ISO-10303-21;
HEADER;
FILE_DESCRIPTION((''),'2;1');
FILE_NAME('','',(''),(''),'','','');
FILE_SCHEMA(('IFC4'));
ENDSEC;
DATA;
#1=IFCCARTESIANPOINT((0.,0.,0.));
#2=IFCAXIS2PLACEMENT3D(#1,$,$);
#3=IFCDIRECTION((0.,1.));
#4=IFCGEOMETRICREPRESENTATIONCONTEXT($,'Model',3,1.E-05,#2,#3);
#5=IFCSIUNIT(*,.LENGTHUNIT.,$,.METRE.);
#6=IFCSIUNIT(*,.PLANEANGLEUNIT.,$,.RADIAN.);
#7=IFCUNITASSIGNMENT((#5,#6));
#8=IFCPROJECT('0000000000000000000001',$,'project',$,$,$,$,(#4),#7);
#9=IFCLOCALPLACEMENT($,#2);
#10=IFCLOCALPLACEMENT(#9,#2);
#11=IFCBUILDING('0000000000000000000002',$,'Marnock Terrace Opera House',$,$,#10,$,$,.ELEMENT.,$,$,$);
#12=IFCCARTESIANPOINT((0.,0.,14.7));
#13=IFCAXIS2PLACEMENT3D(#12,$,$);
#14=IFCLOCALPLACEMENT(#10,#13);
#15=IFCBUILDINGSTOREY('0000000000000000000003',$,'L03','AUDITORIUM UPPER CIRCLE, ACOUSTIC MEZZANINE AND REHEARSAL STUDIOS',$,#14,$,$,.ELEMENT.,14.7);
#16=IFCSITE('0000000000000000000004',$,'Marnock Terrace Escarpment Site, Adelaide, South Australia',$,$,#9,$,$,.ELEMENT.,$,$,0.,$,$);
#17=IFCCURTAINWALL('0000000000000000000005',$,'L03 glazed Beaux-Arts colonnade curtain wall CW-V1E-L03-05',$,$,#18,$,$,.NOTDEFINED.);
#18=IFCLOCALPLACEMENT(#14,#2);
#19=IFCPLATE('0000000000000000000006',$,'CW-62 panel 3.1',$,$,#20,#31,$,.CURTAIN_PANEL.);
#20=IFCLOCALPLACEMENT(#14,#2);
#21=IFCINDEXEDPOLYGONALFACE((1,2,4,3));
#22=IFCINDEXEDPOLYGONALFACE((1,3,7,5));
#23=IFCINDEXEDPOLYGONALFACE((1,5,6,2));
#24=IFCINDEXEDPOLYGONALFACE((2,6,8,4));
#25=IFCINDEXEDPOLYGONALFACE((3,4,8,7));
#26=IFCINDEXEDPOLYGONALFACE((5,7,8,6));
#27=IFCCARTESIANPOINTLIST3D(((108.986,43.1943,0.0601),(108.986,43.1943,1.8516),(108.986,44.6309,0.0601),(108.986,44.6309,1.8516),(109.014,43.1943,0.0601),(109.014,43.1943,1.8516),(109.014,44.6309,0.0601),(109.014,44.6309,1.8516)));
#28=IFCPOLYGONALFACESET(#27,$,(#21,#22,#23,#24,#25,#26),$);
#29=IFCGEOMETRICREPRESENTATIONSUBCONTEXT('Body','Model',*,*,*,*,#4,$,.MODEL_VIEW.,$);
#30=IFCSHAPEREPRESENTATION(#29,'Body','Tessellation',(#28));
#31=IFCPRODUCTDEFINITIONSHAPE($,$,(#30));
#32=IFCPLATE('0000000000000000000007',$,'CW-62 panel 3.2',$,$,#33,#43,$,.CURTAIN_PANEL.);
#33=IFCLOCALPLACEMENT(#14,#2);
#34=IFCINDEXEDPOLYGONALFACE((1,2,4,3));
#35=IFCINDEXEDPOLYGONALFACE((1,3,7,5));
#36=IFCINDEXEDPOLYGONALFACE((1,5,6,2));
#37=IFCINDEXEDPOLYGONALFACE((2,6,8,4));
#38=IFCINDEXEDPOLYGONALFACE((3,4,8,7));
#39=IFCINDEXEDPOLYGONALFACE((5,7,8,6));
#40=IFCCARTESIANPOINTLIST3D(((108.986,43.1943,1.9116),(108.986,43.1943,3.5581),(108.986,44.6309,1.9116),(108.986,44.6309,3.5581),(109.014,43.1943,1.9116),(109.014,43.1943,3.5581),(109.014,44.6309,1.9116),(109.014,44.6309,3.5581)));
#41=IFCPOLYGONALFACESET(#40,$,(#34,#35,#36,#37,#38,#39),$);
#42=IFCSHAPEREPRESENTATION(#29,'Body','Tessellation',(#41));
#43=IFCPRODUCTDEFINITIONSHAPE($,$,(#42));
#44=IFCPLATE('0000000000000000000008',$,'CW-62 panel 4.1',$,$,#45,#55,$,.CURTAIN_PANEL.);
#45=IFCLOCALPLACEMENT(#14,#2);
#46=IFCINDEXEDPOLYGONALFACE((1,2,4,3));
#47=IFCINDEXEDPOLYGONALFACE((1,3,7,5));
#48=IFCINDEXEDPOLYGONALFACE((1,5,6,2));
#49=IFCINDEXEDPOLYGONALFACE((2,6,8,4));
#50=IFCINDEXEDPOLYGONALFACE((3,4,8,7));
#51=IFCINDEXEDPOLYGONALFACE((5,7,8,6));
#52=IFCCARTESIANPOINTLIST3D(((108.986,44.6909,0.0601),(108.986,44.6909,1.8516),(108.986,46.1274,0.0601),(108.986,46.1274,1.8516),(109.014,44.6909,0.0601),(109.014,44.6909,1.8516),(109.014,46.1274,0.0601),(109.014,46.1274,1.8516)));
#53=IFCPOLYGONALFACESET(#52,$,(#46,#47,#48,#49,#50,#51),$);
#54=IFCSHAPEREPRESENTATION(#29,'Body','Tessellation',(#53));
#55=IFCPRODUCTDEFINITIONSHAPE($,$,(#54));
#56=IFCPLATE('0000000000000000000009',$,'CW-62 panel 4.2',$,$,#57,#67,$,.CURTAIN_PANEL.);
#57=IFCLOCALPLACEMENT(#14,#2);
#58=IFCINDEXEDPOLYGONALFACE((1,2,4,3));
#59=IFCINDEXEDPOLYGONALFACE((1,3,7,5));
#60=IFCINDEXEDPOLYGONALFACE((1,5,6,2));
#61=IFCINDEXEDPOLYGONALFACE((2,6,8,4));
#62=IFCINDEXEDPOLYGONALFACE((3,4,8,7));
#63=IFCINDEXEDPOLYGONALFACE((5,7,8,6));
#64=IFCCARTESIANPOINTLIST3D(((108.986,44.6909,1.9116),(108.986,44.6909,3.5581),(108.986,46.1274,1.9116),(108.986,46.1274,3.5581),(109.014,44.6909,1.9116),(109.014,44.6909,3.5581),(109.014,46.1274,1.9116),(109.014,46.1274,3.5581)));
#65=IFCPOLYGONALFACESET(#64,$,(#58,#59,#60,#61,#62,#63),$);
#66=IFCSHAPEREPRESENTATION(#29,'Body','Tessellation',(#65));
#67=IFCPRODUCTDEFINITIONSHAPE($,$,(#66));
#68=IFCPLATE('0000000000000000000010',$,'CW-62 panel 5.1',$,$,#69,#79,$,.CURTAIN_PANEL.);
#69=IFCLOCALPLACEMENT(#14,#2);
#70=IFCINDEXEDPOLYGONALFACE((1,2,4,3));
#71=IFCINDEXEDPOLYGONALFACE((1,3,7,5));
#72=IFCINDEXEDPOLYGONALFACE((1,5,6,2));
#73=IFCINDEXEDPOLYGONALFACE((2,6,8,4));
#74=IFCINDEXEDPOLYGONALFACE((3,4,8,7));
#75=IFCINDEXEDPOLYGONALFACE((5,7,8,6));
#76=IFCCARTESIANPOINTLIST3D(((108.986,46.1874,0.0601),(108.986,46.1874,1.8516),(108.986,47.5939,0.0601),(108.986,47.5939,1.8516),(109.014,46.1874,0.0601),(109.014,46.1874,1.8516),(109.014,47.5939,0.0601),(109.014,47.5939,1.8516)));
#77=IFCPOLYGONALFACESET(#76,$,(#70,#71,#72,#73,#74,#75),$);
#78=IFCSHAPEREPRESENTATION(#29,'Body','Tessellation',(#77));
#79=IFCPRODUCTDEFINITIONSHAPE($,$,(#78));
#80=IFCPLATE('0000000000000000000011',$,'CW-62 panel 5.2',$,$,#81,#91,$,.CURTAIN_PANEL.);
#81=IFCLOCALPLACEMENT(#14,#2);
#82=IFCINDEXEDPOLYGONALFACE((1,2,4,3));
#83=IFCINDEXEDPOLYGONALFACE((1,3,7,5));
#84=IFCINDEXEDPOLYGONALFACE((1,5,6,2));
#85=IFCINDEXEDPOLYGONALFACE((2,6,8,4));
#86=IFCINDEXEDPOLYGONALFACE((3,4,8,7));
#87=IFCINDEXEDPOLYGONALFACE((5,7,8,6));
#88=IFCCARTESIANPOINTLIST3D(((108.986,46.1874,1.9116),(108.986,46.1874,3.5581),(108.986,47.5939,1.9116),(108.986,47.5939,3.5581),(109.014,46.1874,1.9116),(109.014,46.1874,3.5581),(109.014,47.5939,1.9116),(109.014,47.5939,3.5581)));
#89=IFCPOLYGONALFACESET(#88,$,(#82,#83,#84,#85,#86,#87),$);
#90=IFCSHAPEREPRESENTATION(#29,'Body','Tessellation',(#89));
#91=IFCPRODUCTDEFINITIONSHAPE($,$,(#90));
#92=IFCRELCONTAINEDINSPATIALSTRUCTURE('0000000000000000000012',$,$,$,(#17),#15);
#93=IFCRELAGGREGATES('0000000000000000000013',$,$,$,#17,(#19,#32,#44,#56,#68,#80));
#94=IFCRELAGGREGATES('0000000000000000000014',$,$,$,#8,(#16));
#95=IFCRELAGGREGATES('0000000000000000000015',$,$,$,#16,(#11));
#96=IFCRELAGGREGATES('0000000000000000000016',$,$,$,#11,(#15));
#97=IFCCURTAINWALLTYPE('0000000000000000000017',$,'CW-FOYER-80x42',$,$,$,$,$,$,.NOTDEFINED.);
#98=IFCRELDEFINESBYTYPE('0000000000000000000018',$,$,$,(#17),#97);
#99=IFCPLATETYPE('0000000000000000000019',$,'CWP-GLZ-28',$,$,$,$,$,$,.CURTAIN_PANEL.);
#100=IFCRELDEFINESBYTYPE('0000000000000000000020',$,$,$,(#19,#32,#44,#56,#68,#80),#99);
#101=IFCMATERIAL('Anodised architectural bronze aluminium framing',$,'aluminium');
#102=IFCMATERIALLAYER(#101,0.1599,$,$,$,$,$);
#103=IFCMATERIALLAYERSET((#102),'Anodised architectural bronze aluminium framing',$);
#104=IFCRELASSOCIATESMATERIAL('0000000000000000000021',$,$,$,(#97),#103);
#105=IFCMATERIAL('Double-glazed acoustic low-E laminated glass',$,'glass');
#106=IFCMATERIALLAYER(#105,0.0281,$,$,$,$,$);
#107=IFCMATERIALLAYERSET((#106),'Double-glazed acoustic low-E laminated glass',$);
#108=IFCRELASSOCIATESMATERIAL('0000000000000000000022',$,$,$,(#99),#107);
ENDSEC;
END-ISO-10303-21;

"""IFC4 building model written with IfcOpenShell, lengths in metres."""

from ifc_helpers import new_model, si_unit, direction, frame, origin, origin_2d, place, context, subcontext, project, spatial, rectangle, extrude, material, layer, layer_set, type_object, element, aggregate, save


model = new_model("IFC4")

# Units and contexts
model_context = context("Model", 3, precision=1e-05, world=origin(), true_north=direction((0.0, 1.0)))
body_context = subcontext(model_context, "Body", "Model", "MODEL_VIEW")
ifc_project = project(units=[si_unit("LENGTHUNIT", "METRE"), si_unit("PLANEANGLEUNIT", "RADIAN")], contexts=[model_context])

# Site, building, storey
site_placement = place(None, origin())
site = spatial("IfcSite", under=ifc_project, at=site_placement, Name="Marnock Terrace Escarpment Site, Adelaide, South Australia", CompositionType="ELEMENT", RefElevation=0.0)
building_placement = place(site_placement, origin())
building = spatial("IfcBuilding", under=site, at=building_placement, Name="Marnock Terrace Opera House", CompositionType="ELEMENT")
storey_placement = place(building_placement, frame((0.0, 0.0, 14.7)))
storey = spatial("IfcBuildingStorey", under=building, at=storey_placement, Name="L03", Description="AUDITORIUM UPPER CIRCLE, ACOUSTIC MEZZANINE AND REHEARSAL STUDIOS", CompositionType="ELEMENT", Elevation=14.7)

# Shared definitions
ifc_material_1 = material(Name="Anodised architectural bronze aluminium framing", Category="aluminium")
ifc_layer_1 = layer(ifc_material_1, 0.1599)
ifc_layer_set_1 = layer_set([ifc_layer_1], Name="Anodised architectural bronze aluminium framing")
curtain_wall_type = type_object("IfcCurtainWallType", Name="CW-FOYER-80x42", PredefinedType="NOTDEFINED", material=ifc_layer_set_1)

# Curtain wall
curtain_wall_1_placement = place(storey_placement, origin())
curtain_wall_1 = element("IfcCurtainWall", 1, at=curtain_wall_1_placement, inside=storey, type_object=curtain_wall_type, Name="L03 glazed Beaux-Arts colonnade curtain wall CW-V1E-L03-05", PredefinedType="NOTDEFINED")

# Plates
ifc_material_2 = material(Name="Double-glazed acoustic low-E laminated glass", Category="glass")
ifc_layer_2 = layer(ifc_material_2, 0.0281)
ifc_layer_set_2 = layer_set([ifc_layer_2], Name="Double-glazed acoustic low-E laminated glass")
plate_type = type_object("IfcPlateType", Name="CWP-GLZ-28", PredefinedType="CURTAIN_PANEL", material=ifc_layer_set_2)
plate_1_placement = place(storey_placement, frame((109.0, 43.9126, 0.0601), z_axis=(0.0, 0.0, 1.0), x_axis=(0.0, 1.0, 0.0)))
plate_1 = element("IfcPlate", 2, at=plate_1_placement, type_object=plate_type, Name="CW-62 panel 3.1", PredefinedType="CURTAIN_PANEL", context=body_context, shape_type="SweptSolid", body=[
    extrude(rectangle(XDim=1.4365, YDim=0.0281, at=origin_2d()), origin(), (0.0, 0.0, 1.0), 1.7915),
])
plate_2_placement = place(storey_placement, frame((109.0, 43.9126, 1.9116), z_axis=(0.0, 0.0, 1.0), x_axis=(0.0, 1.0, 0.0)))
plate_2 = element("IfcPlate", 3, at=plate_2_placement, type_object=plate_type, Name="CW-62 panel 3.2", PredefinedType="CURTAIN_PANEL", context=body_context, shape_type="SweptSolid", body=[
    extrude(rectangle(XDim=1.4365, YDim=0.0281, at=origin_2d()), origin(), (0.0, 0.0, 1.0), 1.6465),
])
plate_3_placement = place(storey_placement, frame((109.0, 45.4092, 0.0601), z_axis=(0.0, 0.0, 1.0), x_axis=(0.0, 1.0, 0.0)))
plate_3 = element("IfcPlate", 4, at=plate_3_placement, type_object=plate_type, Name="CW-62 panel 4.1", PredefinedType="CURTAIN_PANEL", context=body_context, shape_type="SweptSolid", body=[
    extrude(rectangle(XDim=1.4365, YDim=0.0281, at=origin_2d()), origin(), (0.0, 0.0, 1.0), 1.7915),
])
plate_4_placement = place(storey_placement, frame((109.0, 45.4092, 1.9116), z_axis=(0.0, 0.0, 1.0), x_axis=(0.0, 1.0, 0.0)))
plate_4 = element("IfcPlate", 5, at=plate_4_placement, type_object=plate_type, Name="CW-62 panel 4.2", PredefinedType="CURTAIN_PANEL", context=body_context, shape_type="SweptSolid", body=[
    extrude(rectangle(XDim=1.4365, YDim=0.0281, at=origin_2d()), origin(), (0.0, 0.0, 1.0), 1.6465),
])
plate_5_placement = place(storey_placement, frame((109.0, 46.8906, 0.0601), z_axis=(0.0, 0.0, 1.0), x_axis=(0.0, 1.0, 0.0)))
plate_5 = element("IfcPlate", 6, at=plate_5_placement, type_object=plate_type, Name="CW-62 panel 5.1", PredefinedType="CURTAIN_PANEL", context=body_context, shape_type="SweptSolid", body=[
    extrude(rectangle(XDim=1.4065, YDim=0.0281, at=origin_2d()), origin(), (0.0, 0.0, 1.0), 1.7915),
])
plate_6_placement = place(storey_placement, frame((109.0, 46.8906, 1.9116), z_axis=(0.0, 0.0, 1.0), x_axis=(0.0, 1.0, 0.0)))
plate_6 = element("IfcPlate", 7, at=plate_6_placement, type_object=plate_type, Name="CW-62 panel 5.2", PredefinedType="CURTAIN_PANEL", context=body_context, shape_type="SweptSolid", body=[
    extrude(rectangle(XDim=1.4065, YDim=0.0281, at=origin_2d()), origin(), (0.0, 0.0, 1.0), 1.6465),
])
aggregate(curtain_wall_1, [plate_1, plate_2, plate_3, plate_4, plate_5, plate_6])

save(model, "model.ifc")
